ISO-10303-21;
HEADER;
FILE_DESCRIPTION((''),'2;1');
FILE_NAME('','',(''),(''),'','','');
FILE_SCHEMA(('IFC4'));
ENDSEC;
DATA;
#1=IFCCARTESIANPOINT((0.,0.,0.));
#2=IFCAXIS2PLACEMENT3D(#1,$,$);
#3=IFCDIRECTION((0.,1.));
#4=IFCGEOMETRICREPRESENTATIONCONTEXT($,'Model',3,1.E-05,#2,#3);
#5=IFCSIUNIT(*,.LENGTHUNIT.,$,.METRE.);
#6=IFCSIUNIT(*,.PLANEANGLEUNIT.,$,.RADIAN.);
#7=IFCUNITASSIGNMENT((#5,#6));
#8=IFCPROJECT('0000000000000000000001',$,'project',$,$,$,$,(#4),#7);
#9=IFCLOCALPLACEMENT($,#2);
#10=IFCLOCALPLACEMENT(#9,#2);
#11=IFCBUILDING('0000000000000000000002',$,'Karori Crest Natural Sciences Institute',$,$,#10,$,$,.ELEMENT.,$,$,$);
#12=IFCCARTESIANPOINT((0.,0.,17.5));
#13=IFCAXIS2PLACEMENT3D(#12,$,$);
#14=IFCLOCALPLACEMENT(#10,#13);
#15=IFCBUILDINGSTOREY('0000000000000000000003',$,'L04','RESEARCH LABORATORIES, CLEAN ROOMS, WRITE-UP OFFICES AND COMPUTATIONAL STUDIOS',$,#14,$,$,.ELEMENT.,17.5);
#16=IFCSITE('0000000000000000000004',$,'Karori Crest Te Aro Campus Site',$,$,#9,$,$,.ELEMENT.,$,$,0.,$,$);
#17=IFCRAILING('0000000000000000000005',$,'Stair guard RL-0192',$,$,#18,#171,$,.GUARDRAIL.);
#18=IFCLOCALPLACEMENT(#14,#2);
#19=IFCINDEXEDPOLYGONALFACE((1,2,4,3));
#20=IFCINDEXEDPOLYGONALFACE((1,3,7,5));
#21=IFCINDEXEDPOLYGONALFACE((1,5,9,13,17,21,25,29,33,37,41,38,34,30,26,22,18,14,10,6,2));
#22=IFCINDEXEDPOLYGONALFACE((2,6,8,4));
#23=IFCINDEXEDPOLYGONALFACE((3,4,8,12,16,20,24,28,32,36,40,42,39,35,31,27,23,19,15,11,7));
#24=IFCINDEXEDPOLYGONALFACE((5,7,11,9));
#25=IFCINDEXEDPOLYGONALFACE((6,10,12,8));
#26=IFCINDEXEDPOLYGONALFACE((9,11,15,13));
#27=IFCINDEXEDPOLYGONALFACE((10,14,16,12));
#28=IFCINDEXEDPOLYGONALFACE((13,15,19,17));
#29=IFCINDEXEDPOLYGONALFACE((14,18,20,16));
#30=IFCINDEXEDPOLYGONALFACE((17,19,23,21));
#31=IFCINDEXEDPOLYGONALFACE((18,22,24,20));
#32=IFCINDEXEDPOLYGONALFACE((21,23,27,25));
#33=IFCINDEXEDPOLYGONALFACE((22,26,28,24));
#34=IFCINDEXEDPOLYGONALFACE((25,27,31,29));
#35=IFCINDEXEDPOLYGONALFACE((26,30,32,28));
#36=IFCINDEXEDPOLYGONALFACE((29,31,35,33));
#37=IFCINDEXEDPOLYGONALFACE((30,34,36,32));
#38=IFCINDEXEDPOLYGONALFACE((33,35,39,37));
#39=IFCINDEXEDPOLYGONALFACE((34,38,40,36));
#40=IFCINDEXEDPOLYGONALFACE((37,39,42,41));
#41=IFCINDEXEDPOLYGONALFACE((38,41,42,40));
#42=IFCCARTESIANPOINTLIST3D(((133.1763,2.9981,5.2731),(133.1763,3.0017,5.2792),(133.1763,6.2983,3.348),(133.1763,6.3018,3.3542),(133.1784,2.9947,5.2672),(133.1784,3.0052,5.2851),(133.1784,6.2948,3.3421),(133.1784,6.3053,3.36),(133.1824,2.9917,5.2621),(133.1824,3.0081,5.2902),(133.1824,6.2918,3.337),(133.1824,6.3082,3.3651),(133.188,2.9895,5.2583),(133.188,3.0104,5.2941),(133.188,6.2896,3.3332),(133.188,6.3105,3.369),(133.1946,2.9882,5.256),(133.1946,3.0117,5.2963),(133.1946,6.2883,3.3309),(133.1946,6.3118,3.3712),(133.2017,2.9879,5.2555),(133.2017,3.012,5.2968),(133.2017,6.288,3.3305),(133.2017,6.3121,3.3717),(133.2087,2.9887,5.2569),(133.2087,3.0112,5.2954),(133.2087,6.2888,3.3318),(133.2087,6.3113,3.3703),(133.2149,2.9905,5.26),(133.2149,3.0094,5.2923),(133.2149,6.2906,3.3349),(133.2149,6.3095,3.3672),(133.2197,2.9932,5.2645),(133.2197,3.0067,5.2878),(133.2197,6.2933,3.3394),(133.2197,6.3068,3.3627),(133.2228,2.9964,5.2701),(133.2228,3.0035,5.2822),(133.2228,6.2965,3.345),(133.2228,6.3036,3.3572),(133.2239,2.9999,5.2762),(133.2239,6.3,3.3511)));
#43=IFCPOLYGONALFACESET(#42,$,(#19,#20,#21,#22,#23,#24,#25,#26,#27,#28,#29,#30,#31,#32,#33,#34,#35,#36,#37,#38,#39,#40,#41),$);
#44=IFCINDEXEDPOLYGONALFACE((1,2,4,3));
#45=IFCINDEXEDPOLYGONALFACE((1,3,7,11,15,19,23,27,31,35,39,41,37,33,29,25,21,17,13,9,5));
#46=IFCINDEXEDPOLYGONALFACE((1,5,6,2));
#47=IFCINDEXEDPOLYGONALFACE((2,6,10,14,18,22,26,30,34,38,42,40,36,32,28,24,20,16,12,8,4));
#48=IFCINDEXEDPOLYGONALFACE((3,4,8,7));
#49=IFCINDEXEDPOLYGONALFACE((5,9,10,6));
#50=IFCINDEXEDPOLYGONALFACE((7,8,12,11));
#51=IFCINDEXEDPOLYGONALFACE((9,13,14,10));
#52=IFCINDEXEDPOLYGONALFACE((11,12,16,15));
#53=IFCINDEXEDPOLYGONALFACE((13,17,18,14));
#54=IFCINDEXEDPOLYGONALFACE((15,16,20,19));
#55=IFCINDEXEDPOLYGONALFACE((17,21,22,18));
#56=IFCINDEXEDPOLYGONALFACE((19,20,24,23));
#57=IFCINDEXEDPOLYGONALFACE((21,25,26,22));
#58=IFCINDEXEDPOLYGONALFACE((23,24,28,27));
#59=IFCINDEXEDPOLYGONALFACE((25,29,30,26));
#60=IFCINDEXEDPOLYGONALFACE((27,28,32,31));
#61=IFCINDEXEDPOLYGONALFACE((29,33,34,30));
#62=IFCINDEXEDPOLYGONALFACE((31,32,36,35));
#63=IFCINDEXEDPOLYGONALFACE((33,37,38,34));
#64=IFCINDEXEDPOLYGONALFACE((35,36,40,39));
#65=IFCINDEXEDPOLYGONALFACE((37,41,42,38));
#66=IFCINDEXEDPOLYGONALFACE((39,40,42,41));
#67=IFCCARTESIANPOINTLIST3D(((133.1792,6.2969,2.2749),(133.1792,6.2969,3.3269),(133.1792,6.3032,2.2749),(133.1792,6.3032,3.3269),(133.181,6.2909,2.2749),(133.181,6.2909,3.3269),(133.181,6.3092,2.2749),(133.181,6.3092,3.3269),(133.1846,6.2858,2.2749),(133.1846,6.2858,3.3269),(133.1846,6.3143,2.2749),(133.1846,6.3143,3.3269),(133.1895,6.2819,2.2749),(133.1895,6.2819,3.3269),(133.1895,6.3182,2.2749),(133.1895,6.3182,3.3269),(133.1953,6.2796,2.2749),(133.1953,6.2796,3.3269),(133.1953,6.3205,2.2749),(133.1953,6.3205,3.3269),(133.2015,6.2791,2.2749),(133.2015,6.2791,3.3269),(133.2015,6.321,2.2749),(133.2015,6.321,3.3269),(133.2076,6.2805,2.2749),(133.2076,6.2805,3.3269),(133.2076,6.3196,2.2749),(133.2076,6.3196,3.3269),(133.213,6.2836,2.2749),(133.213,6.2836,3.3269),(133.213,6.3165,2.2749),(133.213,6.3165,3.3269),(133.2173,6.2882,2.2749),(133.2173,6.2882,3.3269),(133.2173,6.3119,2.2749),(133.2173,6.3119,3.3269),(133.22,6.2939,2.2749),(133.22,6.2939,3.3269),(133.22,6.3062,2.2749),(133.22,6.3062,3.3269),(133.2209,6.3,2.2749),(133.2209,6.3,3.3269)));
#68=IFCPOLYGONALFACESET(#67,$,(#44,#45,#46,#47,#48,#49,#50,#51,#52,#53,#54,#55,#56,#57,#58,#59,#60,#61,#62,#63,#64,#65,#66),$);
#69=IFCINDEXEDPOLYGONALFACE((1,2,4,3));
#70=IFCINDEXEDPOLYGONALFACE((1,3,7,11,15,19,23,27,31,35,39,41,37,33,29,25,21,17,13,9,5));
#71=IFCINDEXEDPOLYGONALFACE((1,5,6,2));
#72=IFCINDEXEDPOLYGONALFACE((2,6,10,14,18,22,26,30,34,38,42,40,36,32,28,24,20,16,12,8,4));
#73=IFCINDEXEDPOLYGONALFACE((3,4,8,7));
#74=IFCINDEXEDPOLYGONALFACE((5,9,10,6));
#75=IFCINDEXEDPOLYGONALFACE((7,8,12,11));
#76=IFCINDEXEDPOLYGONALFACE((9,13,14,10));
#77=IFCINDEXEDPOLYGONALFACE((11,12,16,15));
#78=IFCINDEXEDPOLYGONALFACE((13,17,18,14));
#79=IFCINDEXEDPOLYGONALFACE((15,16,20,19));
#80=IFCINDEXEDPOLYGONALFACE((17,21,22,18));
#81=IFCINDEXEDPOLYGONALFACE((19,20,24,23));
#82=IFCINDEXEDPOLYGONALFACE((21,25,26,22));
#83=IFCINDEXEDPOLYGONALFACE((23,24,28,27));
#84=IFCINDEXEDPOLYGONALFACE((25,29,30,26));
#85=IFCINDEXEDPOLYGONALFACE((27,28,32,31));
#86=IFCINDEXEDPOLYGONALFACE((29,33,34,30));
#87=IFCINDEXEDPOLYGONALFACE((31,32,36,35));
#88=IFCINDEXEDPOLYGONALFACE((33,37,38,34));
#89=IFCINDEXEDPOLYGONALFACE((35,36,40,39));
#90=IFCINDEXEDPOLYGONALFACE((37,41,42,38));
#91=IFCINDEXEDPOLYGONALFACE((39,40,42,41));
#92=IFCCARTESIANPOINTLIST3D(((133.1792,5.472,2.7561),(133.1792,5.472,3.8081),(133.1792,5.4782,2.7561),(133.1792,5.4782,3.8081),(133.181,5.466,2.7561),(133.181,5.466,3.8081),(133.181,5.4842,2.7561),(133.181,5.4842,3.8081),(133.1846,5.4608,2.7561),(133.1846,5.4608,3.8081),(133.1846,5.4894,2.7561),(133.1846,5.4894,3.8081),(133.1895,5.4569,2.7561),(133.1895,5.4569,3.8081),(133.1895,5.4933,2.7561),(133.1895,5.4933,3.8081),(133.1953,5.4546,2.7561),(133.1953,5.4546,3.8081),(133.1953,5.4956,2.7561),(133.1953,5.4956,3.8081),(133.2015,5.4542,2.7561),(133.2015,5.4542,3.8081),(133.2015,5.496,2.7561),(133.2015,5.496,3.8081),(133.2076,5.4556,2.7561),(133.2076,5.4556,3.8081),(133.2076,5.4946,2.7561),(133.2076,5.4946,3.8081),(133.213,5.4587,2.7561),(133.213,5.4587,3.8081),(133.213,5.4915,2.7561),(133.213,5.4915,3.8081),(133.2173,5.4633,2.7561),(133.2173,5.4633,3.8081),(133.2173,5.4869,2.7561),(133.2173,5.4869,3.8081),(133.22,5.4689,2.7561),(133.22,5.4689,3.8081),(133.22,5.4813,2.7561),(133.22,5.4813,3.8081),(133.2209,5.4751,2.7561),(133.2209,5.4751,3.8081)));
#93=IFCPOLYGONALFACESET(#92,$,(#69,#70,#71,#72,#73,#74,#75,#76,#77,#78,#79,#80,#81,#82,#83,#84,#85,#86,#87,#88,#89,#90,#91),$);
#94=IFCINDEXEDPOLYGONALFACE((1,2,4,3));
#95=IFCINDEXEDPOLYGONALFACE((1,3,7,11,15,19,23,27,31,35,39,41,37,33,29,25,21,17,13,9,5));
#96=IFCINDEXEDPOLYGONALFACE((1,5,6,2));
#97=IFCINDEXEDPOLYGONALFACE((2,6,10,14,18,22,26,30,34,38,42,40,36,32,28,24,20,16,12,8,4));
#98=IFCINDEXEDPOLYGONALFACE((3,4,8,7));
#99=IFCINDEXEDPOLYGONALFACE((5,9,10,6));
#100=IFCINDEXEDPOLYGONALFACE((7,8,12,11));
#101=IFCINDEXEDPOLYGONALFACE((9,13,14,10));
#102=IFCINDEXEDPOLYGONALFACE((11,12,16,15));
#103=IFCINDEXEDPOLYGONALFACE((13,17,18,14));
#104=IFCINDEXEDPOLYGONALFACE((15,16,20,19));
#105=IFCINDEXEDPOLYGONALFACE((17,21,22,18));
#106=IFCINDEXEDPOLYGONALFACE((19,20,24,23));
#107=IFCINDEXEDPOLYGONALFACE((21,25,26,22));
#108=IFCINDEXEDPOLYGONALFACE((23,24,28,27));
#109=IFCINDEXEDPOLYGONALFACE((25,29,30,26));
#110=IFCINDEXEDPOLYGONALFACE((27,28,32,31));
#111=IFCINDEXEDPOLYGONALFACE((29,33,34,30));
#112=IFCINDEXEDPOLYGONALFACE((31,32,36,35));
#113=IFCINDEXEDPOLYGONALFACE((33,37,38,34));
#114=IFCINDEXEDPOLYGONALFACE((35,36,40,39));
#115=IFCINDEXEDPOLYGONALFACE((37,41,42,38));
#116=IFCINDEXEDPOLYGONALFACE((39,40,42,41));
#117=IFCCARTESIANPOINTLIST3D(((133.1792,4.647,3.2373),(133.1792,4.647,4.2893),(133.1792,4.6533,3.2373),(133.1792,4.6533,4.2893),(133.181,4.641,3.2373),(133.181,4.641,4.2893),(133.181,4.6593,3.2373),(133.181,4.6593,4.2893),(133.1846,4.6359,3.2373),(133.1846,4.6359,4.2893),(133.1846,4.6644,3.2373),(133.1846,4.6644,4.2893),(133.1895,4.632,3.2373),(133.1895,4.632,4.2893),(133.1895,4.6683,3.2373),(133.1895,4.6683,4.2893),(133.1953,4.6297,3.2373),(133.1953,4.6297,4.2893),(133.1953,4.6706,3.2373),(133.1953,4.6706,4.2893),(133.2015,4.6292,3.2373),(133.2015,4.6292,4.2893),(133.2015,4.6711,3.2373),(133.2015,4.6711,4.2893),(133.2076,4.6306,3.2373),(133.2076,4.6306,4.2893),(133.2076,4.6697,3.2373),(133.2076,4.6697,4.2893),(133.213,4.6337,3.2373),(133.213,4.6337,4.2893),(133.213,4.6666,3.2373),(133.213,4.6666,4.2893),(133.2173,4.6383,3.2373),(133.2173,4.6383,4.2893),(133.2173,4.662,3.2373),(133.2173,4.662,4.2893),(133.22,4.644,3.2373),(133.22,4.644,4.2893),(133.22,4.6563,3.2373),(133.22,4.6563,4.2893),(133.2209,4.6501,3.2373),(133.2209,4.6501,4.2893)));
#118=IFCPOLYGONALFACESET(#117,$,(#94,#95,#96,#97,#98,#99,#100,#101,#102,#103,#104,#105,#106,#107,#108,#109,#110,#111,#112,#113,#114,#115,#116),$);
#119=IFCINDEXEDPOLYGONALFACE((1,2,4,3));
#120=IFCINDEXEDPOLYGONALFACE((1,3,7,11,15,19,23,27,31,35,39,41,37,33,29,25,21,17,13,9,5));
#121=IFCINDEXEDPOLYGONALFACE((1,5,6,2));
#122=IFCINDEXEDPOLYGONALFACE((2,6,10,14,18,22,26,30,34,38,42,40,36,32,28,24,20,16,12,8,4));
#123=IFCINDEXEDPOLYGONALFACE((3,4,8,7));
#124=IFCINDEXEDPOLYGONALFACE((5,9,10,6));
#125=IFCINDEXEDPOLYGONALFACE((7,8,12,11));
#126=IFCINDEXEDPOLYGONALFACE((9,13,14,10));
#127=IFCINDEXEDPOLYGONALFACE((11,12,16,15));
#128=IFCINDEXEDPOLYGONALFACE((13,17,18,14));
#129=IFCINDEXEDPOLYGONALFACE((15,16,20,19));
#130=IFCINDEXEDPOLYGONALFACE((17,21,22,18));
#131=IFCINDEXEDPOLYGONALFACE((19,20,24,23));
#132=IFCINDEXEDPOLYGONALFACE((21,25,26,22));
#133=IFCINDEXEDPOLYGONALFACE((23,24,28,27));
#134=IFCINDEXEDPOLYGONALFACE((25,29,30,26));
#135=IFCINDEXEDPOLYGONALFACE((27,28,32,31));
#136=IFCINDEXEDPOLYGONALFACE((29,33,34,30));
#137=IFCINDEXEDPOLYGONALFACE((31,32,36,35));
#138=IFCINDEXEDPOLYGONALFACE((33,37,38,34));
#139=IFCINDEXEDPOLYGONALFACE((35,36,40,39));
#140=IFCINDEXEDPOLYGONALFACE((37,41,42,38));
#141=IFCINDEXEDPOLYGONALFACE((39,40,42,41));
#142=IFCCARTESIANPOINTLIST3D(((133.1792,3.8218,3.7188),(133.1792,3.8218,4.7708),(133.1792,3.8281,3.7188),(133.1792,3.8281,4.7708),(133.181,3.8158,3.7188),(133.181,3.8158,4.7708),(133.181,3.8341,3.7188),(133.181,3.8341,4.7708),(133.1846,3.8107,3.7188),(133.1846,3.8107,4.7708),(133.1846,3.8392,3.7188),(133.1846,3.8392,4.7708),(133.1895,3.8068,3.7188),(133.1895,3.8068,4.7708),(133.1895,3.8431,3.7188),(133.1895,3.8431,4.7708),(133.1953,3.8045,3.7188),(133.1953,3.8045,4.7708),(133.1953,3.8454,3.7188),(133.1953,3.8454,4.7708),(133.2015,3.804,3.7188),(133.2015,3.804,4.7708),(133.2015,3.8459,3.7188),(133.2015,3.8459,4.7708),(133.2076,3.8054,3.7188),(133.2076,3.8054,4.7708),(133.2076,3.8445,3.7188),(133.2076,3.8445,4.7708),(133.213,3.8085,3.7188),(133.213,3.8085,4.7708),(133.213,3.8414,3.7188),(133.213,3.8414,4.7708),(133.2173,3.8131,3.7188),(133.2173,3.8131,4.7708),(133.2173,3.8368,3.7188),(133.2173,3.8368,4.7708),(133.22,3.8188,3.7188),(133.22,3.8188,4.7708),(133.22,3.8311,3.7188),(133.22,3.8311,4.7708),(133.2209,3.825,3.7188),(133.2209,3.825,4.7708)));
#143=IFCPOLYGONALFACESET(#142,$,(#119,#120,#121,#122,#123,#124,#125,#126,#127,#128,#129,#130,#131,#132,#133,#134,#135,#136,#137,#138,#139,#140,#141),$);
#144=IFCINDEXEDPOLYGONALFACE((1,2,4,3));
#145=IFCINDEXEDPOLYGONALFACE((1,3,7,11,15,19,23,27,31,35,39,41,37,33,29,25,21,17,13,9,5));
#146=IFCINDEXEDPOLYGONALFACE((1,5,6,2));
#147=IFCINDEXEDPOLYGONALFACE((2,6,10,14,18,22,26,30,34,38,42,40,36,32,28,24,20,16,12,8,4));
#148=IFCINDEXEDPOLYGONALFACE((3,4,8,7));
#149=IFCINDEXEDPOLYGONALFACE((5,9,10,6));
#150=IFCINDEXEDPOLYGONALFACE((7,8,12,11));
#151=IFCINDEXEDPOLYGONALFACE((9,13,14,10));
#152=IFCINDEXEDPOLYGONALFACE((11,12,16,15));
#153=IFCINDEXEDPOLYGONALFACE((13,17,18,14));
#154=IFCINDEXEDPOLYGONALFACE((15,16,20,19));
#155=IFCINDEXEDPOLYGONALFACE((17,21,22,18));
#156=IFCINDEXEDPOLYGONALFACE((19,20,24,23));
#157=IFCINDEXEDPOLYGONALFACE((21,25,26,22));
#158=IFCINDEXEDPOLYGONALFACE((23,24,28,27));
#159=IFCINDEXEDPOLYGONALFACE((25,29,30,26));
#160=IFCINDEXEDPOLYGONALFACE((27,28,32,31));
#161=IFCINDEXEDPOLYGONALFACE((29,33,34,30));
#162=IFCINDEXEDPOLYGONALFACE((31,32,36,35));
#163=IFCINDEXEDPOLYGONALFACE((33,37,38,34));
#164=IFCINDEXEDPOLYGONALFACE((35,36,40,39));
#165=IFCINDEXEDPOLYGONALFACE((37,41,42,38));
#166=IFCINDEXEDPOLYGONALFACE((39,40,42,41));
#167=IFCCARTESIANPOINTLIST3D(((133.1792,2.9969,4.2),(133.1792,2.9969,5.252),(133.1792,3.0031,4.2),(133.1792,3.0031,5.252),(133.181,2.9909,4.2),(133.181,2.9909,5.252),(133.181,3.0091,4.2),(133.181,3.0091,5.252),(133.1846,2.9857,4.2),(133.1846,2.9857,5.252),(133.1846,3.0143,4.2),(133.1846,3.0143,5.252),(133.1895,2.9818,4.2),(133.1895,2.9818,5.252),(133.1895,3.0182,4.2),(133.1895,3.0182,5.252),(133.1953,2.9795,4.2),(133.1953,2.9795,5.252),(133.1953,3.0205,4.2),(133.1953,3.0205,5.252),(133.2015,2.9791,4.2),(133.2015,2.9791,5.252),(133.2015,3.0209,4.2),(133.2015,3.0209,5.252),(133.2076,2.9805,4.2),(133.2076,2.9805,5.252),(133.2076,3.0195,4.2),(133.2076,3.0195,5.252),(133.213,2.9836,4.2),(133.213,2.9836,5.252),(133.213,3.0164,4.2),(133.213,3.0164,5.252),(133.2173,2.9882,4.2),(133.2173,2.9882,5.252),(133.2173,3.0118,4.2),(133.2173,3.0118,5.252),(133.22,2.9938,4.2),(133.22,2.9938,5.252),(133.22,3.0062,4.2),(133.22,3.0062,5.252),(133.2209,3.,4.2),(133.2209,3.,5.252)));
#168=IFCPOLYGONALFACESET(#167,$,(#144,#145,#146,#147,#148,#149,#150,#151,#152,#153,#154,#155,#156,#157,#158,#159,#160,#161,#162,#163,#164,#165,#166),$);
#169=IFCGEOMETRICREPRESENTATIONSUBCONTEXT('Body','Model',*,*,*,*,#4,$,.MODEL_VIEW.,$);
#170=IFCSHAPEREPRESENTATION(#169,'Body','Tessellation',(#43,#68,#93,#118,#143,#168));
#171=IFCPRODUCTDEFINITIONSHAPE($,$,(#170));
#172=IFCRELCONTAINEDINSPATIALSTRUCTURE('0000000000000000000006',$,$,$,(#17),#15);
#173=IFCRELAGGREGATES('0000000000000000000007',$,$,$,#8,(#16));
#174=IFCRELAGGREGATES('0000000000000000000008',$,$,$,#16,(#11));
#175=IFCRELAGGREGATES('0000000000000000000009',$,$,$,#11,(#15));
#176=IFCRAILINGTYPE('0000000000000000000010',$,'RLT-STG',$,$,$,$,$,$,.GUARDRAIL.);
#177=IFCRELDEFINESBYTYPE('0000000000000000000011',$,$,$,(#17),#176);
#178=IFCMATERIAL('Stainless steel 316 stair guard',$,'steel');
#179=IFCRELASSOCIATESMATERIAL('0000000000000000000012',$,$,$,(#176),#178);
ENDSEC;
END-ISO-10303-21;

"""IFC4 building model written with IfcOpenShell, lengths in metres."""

from ifc_helpers import new_model, si_unit, direction, frame, origin, origin_2d, place, context, subcontext, project, spatial, circle, extrude, material, type_object, element, save


model = new_model("IFC4")

# Units and contexts
model_context = context("Model", 3, precision=1e-05, world=origin(), true_north=direction((0.0, 1.0)))
body_context = subcontext(model_context, "Body", "Model", "MODEL_VIEW")
ifc_project = project(units=[si_unit("LENGTHUNIT", "METRE"), si_unit("PLANEANGLEUNIT", "RADIAN")], contexts=[model_context])

# Site, building, storey
site_placement = place(None, origin())
site = spatial("IfcSite", under=ifc_project, at=site_placement, Name="Karori Crest Te Aro Campus Site", CompositionType="ELEMENT", RefElevation=0.0)
building_placement = place(site_placement, origin())
building = spatial("IfcBuilding", under=site, at=building_placement, Name="Karori Crest Natural Sciences Institute", CompositionType="ELEMENT")
storey_placement = place(building_placement, frame((0.0, 0.0, 17.5)))
storey = spatial("IfcBuildingStorey", under=building, at=storey_placement, Name="L04", Description="RESEARCH LABORATORIES, CLEAN ROOMS, WRITE-UP OFFICES AND COMPUTATIONAL STUDIOS", CompositionType="ELEMENT", Elevation=17.5)

# Railing
ifc_material_1 = material(Name="Stainless steel 316 stair guard", Category="steel")
railing_type_1 = type_object("IfcRailingType", Name="RLT-STG", PredefinedType="GUARDRAIL", material=ifc_material_1)
railing_1_placement = place(storey_placement, frame((133.2, 6.3, 2.2749)))
element("IfcRailing", 1, at=railing_1_placement, inside=storey, type_object=railing_type_1, Name="Stair guard RL-0192", PredefinedType="GUARDRAIL", context=body_context, shape_type="SweptSolid", body=[
    extrude(circle(Radius=0.0239, at=origin_2d()), frame((0.0, 0.0, 1.0762), z_axis=(0.0, -0.863777, 0.503875), x_axis=(1.0, 0.0, 0.0)), (0.0, 0.0, 1.0), 3.8206),
    extrude(circle(Radius=0.021, at=origin_2d()), origin(), (0.0, 0.0, 1.0), 1.052),
    extrude(circle(Radius=0.021, at=origin_2d()), frame((0.0, -0.825, 0.4812)), (0.0, 0.0, 1.0), 1.052),
    extrude(circle(Radius=0.021, at=origin_2d()), frame((0.0, -1.6499, 0.9624)), (0.0, 0.0, 1.0), 1.052),
    extrude(circle(Radius=0.021, at=origin_2d()), frame((0.0, -2.4751, 1.4438)), (0.0, 0.0, 1.0), 1.052),
    extrude(circle(Radius=0.021, at=origin_2d()), frame((0.0, -3.3, 1.925)), (0.0, 0.0, 1.0), 1.052),
])

save(model, "model.ifc")
